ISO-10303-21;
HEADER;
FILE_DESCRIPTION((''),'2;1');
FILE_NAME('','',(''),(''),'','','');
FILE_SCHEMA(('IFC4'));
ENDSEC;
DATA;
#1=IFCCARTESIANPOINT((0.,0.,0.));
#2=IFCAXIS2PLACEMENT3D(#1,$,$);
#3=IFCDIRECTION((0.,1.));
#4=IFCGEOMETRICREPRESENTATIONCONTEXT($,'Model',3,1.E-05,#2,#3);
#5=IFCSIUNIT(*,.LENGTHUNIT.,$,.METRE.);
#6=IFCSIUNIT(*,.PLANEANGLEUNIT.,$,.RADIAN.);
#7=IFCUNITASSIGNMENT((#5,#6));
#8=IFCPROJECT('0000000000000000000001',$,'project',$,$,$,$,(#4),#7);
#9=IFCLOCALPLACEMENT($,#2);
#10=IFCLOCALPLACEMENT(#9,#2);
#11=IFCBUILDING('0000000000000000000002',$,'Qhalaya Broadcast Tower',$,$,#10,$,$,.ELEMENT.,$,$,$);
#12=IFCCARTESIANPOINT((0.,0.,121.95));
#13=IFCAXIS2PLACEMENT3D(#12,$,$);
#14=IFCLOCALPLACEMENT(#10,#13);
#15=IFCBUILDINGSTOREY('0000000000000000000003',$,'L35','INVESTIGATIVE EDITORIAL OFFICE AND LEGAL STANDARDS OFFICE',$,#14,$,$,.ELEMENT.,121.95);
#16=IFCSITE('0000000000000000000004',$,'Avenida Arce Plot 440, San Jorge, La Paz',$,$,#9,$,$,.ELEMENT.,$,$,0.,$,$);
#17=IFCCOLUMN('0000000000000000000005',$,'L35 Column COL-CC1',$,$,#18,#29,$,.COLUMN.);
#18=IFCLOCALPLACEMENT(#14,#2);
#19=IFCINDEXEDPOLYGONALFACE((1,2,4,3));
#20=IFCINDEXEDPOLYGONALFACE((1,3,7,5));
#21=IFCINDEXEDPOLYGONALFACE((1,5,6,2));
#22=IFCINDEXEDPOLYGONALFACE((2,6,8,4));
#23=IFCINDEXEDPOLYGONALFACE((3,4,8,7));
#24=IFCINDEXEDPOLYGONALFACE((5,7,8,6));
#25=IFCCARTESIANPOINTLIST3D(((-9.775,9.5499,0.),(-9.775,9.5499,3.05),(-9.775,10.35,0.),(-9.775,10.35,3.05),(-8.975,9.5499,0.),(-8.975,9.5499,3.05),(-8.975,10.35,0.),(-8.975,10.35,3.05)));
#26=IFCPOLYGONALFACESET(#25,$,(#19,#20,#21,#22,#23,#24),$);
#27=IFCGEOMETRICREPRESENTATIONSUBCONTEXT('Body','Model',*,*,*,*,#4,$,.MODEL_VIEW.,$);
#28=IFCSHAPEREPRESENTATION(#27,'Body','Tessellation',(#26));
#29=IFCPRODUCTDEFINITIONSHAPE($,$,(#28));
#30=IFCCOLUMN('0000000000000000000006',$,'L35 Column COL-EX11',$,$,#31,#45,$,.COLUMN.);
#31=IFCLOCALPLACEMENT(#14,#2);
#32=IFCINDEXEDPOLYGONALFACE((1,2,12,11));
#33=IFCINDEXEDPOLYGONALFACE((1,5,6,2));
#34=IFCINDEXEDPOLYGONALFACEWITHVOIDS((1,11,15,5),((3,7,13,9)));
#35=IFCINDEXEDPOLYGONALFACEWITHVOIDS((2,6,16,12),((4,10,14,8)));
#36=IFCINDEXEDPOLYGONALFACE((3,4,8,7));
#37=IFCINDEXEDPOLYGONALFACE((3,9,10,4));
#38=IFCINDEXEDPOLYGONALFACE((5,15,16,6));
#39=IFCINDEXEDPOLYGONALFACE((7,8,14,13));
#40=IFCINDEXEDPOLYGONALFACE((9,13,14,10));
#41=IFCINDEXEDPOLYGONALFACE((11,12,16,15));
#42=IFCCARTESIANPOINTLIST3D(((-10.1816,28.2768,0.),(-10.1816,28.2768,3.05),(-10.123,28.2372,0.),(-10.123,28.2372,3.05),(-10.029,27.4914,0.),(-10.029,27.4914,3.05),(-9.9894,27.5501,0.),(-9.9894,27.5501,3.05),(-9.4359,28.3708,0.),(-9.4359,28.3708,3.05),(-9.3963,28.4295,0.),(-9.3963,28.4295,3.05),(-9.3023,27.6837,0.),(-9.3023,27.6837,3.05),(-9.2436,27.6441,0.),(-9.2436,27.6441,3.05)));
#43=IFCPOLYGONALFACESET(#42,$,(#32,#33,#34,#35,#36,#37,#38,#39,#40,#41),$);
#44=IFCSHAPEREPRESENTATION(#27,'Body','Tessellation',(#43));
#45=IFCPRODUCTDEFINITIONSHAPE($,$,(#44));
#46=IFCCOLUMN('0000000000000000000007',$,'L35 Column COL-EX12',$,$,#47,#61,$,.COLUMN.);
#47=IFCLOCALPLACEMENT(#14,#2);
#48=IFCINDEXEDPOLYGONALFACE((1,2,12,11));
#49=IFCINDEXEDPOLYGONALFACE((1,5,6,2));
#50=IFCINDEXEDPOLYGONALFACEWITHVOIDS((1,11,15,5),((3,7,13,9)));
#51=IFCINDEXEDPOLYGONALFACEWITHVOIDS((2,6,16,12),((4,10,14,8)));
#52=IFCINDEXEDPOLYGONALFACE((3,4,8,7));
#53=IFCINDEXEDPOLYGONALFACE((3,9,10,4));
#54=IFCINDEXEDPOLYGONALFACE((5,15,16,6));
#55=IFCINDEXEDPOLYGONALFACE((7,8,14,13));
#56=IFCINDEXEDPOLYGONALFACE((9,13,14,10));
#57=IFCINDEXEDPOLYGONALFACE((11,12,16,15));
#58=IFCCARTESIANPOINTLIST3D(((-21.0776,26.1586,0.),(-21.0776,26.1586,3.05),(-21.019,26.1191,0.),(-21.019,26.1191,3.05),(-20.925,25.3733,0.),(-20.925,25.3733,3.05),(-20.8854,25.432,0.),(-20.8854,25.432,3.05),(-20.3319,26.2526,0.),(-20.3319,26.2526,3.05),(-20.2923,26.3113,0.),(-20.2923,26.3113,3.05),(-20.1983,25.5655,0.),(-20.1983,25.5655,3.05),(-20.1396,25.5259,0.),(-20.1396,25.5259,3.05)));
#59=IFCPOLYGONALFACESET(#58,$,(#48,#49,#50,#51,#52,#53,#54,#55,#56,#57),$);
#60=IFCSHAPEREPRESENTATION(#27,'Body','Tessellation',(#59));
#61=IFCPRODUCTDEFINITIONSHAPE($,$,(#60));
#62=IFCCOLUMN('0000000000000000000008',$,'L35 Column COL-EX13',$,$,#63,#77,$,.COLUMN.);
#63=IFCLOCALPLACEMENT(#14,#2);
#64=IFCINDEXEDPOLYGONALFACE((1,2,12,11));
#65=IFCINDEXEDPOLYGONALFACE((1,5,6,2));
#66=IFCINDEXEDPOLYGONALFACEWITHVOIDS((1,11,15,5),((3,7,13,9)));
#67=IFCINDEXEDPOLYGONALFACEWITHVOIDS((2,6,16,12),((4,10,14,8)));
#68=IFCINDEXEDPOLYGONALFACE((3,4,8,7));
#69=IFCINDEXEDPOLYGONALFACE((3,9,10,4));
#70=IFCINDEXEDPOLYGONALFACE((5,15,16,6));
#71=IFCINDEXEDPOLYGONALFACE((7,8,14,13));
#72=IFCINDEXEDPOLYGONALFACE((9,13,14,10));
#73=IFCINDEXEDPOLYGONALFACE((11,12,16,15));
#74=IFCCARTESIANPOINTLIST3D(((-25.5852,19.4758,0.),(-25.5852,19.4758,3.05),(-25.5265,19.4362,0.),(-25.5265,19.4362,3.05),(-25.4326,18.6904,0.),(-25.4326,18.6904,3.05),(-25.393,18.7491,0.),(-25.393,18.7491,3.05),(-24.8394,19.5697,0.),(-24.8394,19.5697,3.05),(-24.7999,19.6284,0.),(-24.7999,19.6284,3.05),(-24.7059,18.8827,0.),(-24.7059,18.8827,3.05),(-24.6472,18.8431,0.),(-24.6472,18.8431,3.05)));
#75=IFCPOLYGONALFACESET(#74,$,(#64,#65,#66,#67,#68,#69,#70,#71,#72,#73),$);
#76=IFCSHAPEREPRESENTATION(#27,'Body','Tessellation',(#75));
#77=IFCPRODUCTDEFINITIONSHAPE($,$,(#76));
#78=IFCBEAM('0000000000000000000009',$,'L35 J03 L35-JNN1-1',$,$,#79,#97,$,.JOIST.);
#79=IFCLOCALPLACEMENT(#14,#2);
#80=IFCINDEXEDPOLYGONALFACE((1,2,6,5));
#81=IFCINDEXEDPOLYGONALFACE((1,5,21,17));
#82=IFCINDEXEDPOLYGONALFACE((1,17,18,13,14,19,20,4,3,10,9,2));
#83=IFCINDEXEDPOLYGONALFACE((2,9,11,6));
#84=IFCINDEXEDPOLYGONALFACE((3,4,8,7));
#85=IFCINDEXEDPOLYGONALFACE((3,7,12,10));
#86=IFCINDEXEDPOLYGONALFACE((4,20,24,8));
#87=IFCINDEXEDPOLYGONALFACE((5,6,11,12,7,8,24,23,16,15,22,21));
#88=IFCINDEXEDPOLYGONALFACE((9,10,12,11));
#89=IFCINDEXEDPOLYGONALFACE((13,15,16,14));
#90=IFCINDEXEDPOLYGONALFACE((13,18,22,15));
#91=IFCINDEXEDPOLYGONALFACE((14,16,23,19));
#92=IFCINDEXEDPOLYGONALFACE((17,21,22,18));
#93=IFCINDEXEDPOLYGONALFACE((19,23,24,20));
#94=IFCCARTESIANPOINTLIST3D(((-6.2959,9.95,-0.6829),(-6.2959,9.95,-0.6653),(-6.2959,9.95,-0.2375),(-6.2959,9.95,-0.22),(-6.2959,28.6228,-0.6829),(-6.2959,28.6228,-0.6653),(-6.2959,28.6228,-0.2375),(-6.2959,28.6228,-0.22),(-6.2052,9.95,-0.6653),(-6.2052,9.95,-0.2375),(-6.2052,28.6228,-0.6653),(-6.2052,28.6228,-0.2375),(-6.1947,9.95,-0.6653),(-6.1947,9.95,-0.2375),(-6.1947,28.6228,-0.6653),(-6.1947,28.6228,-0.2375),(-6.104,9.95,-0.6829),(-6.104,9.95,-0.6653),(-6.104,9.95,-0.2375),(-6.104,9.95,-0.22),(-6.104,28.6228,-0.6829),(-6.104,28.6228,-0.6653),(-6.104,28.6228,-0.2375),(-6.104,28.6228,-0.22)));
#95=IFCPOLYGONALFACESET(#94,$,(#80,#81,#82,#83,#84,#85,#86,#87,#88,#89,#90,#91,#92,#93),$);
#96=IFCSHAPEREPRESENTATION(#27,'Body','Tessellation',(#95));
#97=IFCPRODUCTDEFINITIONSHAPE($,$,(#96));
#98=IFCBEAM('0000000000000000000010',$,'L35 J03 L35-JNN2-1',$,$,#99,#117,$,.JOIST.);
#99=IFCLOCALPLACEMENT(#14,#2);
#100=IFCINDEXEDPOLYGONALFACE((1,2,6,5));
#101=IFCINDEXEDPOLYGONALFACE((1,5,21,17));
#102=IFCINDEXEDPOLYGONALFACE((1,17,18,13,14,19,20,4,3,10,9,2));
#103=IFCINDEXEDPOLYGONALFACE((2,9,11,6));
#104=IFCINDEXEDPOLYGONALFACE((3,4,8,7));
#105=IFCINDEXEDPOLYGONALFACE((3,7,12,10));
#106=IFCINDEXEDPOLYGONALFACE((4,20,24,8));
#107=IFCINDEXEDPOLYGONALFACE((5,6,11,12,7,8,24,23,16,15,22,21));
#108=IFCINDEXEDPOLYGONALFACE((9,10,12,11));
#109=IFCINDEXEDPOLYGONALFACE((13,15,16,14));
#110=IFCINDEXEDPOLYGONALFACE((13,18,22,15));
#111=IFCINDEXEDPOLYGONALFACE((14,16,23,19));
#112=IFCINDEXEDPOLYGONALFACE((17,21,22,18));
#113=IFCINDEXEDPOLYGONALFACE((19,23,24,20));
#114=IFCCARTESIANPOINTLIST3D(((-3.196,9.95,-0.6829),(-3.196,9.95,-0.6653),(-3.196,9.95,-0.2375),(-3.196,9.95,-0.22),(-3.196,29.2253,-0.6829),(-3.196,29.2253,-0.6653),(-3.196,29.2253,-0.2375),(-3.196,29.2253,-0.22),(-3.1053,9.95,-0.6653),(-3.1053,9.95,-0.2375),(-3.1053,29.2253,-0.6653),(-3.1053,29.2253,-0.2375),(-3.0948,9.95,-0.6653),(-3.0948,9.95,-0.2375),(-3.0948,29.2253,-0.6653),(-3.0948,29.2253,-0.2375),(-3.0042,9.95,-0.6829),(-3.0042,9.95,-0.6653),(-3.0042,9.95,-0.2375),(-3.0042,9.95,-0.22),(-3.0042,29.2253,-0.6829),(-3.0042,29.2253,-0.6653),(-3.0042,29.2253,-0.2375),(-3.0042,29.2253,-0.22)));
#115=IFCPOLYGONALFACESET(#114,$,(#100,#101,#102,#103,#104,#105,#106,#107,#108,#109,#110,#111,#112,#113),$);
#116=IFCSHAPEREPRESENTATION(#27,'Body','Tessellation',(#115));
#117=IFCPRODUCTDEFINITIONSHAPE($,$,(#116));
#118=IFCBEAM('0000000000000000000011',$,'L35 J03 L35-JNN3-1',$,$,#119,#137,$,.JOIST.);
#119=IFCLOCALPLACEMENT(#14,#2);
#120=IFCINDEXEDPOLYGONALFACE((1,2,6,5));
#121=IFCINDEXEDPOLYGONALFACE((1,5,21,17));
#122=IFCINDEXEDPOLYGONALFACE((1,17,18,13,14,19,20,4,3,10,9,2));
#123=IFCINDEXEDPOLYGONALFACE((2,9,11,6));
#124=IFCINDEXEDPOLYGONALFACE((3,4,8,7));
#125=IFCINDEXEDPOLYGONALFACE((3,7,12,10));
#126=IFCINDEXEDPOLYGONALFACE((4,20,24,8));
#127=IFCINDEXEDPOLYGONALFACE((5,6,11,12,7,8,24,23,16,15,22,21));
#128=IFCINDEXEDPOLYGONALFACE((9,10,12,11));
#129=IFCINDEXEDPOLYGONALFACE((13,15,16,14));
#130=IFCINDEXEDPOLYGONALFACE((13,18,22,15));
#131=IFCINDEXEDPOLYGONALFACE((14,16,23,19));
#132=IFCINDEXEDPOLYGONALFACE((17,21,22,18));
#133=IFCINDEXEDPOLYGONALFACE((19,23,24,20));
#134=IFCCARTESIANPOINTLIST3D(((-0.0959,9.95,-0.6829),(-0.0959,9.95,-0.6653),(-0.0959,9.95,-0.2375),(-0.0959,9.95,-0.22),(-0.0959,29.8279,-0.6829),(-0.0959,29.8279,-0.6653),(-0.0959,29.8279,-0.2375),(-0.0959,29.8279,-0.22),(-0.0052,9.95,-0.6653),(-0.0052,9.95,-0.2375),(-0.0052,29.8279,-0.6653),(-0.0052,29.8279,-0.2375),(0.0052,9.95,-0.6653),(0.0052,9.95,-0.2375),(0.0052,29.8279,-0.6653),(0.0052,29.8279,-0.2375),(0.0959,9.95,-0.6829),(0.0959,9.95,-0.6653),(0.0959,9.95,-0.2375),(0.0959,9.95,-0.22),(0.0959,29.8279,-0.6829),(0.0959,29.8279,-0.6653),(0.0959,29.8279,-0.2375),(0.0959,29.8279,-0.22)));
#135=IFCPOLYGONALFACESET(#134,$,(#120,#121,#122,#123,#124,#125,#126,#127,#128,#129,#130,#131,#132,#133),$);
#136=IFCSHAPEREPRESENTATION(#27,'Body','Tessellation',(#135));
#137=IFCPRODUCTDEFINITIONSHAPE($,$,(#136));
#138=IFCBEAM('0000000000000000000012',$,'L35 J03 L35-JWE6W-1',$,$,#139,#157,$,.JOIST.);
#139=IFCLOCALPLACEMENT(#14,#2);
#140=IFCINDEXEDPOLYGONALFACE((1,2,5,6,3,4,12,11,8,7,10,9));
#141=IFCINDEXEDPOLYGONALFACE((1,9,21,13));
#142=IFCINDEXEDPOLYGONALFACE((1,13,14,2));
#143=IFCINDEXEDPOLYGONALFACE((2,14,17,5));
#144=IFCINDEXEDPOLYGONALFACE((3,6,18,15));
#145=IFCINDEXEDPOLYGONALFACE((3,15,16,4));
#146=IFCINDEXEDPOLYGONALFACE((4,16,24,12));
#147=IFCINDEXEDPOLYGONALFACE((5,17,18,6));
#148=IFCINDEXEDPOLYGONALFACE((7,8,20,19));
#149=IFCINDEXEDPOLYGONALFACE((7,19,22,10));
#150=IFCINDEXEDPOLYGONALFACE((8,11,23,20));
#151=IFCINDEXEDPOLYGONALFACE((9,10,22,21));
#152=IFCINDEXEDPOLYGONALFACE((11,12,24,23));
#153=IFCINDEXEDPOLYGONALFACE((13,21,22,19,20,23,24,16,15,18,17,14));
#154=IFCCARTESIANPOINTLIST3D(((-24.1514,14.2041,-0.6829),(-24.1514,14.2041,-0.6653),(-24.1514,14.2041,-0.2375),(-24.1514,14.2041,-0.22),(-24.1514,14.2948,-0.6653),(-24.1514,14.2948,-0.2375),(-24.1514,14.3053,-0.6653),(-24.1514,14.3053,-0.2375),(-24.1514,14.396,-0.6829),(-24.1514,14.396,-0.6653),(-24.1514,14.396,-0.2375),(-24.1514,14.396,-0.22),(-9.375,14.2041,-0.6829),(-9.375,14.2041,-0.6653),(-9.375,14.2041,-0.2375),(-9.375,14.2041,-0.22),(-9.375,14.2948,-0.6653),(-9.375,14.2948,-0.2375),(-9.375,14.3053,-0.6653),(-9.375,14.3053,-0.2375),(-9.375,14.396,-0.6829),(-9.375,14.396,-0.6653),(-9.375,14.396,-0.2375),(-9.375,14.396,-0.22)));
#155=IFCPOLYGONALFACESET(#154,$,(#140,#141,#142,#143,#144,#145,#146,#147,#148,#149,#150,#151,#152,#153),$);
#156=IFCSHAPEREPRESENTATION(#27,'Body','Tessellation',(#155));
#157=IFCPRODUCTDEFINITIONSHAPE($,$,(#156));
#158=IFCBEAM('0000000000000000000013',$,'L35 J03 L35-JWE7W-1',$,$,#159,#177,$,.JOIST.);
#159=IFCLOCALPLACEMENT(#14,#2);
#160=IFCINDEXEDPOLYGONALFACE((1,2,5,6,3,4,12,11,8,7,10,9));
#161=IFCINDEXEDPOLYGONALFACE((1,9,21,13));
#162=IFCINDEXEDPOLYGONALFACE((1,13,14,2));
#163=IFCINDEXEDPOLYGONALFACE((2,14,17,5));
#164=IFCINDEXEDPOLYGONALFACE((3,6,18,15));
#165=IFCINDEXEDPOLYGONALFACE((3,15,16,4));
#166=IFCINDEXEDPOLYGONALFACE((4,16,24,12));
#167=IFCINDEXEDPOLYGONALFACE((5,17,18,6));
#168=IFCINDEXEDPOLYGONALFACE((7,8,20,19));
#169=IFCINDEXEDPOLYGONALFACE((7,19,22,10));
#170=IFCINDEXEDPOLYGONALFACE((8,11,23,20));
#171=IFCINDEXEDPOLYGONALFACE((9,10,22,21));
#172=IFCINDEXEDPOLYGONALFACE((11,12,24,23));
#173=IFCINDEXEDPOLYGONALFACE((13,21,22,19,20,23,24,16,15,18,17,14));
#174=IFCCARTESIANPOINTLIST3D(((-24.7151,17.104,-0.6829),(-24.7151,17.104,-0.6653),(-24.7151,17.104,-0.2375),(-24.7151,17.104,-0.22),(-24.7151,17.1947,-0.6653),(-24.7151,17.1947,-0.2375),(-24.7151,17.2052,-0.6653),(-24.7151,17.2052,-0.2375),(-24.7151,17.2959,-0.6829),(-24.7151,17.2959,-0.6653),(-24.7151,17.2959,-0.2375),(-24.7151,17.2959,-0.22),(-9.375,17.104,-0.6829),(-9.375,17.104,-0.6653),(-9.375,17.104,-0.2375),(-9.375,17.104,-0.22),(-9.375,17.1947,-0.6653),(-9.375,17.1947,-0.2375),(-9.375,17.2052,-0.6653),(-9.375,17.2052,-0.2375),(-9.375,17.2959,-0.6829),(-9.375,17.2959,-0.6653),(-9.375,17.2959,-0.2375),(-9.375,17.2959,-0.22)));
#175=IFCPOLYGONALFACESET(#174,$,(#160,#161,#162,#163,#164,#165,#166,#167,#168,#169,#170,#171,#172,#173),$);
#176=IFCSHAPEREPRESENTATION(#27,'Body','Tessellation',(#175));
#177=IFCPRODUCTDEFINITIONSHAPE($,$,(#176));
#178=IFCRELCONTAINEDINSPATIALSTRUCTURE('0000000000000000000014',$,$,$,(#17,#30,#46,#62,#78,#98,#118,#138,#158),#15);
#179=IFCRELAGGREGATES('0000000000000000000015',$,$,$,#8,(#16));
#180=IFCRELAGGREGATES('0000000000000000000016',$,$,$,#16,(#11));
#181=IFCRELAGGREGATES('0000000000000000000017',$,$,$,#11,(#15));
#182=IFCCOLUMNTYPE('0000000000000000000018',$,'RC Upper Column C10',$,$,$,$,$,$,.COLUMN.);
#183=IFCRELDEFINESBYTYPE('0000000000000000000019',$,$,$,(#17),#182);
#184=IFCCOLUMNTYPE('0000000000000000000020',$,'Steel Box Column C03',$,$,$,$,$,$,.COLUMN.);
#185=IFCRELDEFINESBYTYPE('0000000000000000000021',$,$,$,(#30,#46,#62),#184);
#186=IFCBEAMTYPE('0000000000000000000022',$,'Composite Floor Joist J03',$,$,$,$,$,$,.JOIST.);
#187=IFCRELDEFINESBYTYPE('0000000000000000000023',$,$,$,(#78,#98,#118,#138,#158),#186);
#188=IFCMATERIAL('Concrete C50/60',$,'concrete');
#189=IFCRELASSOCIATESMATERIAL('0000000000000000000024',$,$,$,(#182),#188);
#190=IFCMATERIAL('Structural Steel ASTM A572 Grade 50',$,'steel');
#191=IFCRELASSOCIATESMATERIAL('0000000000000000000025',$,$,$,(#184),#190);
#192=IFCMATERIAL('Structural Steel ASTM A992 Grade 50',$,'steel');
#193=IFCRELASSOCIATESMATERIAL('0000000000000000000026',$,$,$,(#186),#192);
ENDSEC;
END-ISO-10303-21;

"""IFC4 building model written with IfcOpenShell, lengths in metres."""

from ifc_helpers import new_model, si_unit, direction, frame, origin, origin_2d, place, context, subcontext, project, spatial, rectangle, hollow_rectangle, i_section, extrude, material, material_profile, profile_set, type_object, element, save


model = new_model("IFC4")

# Units and contexts
model_context = context("Model", 3, precision=1e-05, world=origin(), true_north=direction((0.0, 1.0)))
body_context = subcontext(model_context, "Body", "Model", "MODEL_VIEW")
ifc_project = project(units=[si_unit("LENGTHUNIT", "METRE"), si_unit("PLANEANGLEUNIT", "RADIAN")], contexts=[model_context])

# Site, building, storey
site_placement = place(None, origin())
site = spatial("IfcSite", under=ifc_project, at=site_placement, Name="Avenida Arce Plot 440, San Jorge, La Paz", CompositionType="ELEMENT", RefElevation=0.0)
building_placement = place(site_placement, origin())
building = spatial("IfcBuilding", under=site, at=building_placement, Name="Qhalaya Broadcast Tower", CompositionType="ELEMENT")
storey_placement = place(building_placement, frame((0.0, 0.0, 121.95)))
storey = spatial("IfcBuildingStorey", under=building, at=storey_placement, Name="L35", Description="INVESTIGATIVE EDITORIAL OFFICE AND LEGAL STANDARDS OFFICE", CompositionType="ELEMENT", Elevation=121.95)

# Columns
ifc_material_1 = material(Name="Concrete C50/60", Category="concrete")
ifc_material_profile_1 = material_profile(ifc_material_1, rectangle(XDim=0.8, YDim=0.8, at=origin_2d()), Name="RC-COL 800x800")
ifc_profile_set_1 = profile_set([ifc_material_profile_1], Name="Concrete C50/60")
column_type_1 = type_object("IfcColumnType", Name="RC Upper Column C10", PredefinedType="COLUMN", material=ifc_profile_set_1)
column_placement = place(storey_placement, frame((-9.375, 9.95, 0.0), z_axis=(0.0, 0.0, 1.0), x_axis=(1.0, 0.0, 0.0)))
element("IfcColumn", 1, at=column_placement, inside=storey, type_object=column_type_1, Name="L35 Column COL-CC1", PredefinedType="COLUMN", context=body_context, shape_type="SweptSolid", body=[
    extrude(rectangle(XDim=0.8, YDim=0.8, at=origin_2d()), origin(), (0.0, 0.0, 1.0), 3.05),
])
ifc_material_2 = material(Name="Structural Steel ASTM A572 Grade 50", Category="steel")
ifc_material_profile_2 = material_profile(ifc_material_2, hollow_rectangle(XDim=0.8, YDim=0.8, WallThickness=0.05, at=origin_2d()), Name="BOX 800x800x50")
ifc_profile_set_2 = profile_set([ifc_material_profile_2], Name="Structural Steel ASTM A572 Grade 50")
column_type_2 = type_object("IfcColumnType", Name="Steel Box Column C03", PredefinedType="COLUMN", material=ifc_profile_set_2)
for number, where, z_axis, x_axis, name in (
    (2, (-9.7126, 27.9604, 0.0), (0.0, 0.0, 1.0), (0.981627, 0.190809, 0.0), "L35 Column COL-EX11"),
    (3, (-20.6086, 25.8423, 0.0), (0.0, 0.0, 1.0), (0.981627, 0.190809, 0.0), "L35 Column COL-EX12"),
    (4, (-25.1162, 19.1594, 0.0), (0.0, 0.0, 1.0), (-0.190809, 0.981627, 0.0), "L35 Column COL-EX13"),
):
    element("IfcColumn", number, at=place(storey_placement, frame(where, z_axis=z_axis, x_axis=x_axis)), inside=storey, type_object=column_type_2, Name=name, PredefinedType="COLUMN", context=body_context, shape_type="SweptSolid", body=[
        extrude(hollow_rectangle(XDim=0.8, YDim=0.8, WallThickness=0.05, at=origin_2d()), origin(), (0.0, 0.0, 1.0), 3.05),
    ])

# Beams
ifc_material_3 = material(Name="Structural Steel ASTM A992 Grade 50", Category="steel")
ifc_material_profile_3 = material_profile(ifc_material_3, i_section(OverallWidth=0.1919, OverallDepth=0.4629, WebThickness=0.0105, FlangeThickness=0.0176, at=origin_2d()), Name="W18X60")
ifc_profile_set_3 = profile_set([ifc_material_profile_3], Name="Structural Steel ASTM A992 Grade 50")
beam_type_1 = type_object("IfcBeamType", Name="Composite Floor Joist J03", PredefinedType="JOIST", material=ifc_profile_set_3)
beam_1_placement = place(storey_placement, frame((-6.2, 9.95, -0.4514), z_axis=(0.0, 1.0, 0.0), x_axis=(-1.0, 0.0, 0.0)))
element("IfcBeam", 5, at=beam_1_placement, inside=storey, type_object=beam_type_1, Name="L35 J03 L35-JNN1-1", PredefinedType="JOIST", context=body_context, shape_type="SweptSolid", body=[
    extrude(i_section(OverallWidth=0.1919, OverallDepth=0.4629, WebThickness=0.0105, FlangeThickness=0.0176, at=origin_2d()), origin(), (0.0, 0.0, 1.0), 18.6729),
])
beam_2_placement = place(storey_placement, frame((-3.1001, 9.95, -0.4514), z_axis=(0.0, 1.0, 0.0), x_axis=(-1.0, 0.0, 0.0)))
element("IfcBeam", 6, at=beam_2_placement, inside=storey, type_object=beam_type_1, Name="L35 J03 L35-JNN2-1", PredefinedType="JOIST", context=body_context, shape_type="SweptSolid", body=[
    extrude(i_section(OverallWidth=0.1919, OverallDepth=0.4629, WebThickness=0.0105, FlangeThickness=0.0176, at=origin_2d()), origin(), (0.0, 0.0, 1.0), 19.2754),
])
beam_3_placement = place(storey_placement, frame((0.0, 9.95, -0.4514), z_axis=(0.0, 1.0, 0.0), x_axis=(-1.0, 0.0, 0.0)))
element("IfcBeam", 7, at=beam_3_placement, inside=storey, type_object=beam_type_1, Name="L35 J03 L35-JNN3-1", PredefinedType="JOIST", context=body_context, shape_type="SweptSolid", body=[
    extrude(i_section(OverallWidth=0.1919, OverallDepth=0.4629, WebThickness=0.0105, FlangeThickness=0.0176, at=origin_2d()), origin(), (0.0, 0.0, 1.0), 19.8779),
])
beam_4_placement = place(storey_placement, frame((-24.1514, 14.3, -0.4514), z_axis=(1.0, 0.0, 0.0), x_axis=(0.0, 1.0, 0.0)))
element("IfcBeam", 8, at=beam_4_placement, inside=storey, type_object=beam_type_1, Name="L35 J03 L35-JWE6W-1", PredefinedType="JOIST", context=body_context, shape_type="SweptSolid", body=[
    extrude(i_section(OverallWidth=0.1919, OverallDepth=0.4629, WebThickness=0.0105, FlangeThickness=0.0176, at=origin_2d()), origin(), (0.0, 0.0, 1.0), 14.7764),
])
beam_5_placement = place(storey_placement, frame((-24.7151, 17.2, -0.4514), z_axis=(1.0, 0.0, 0.0), x_axis=(0.0, 1.0, 0.0)))
element("IfcBeam", 9, at=beam_5_placement, inside=storey, type_object=beam_type_1, Name="L35 J03 L35-JWE7W-1", PredefinedType="JOIST", context=body_context, shape_type="SweptSolid", body=[
    extrude(i_section(OverallWidth=0.1919, OverallDepth=0.4629, WebThickness=0.0105, FlangeThickness=0.0176, at=origin_2d()), origin(), (0.0, 0.0, 1.0), 15.3401),
])

save(model, "model.ifc")
